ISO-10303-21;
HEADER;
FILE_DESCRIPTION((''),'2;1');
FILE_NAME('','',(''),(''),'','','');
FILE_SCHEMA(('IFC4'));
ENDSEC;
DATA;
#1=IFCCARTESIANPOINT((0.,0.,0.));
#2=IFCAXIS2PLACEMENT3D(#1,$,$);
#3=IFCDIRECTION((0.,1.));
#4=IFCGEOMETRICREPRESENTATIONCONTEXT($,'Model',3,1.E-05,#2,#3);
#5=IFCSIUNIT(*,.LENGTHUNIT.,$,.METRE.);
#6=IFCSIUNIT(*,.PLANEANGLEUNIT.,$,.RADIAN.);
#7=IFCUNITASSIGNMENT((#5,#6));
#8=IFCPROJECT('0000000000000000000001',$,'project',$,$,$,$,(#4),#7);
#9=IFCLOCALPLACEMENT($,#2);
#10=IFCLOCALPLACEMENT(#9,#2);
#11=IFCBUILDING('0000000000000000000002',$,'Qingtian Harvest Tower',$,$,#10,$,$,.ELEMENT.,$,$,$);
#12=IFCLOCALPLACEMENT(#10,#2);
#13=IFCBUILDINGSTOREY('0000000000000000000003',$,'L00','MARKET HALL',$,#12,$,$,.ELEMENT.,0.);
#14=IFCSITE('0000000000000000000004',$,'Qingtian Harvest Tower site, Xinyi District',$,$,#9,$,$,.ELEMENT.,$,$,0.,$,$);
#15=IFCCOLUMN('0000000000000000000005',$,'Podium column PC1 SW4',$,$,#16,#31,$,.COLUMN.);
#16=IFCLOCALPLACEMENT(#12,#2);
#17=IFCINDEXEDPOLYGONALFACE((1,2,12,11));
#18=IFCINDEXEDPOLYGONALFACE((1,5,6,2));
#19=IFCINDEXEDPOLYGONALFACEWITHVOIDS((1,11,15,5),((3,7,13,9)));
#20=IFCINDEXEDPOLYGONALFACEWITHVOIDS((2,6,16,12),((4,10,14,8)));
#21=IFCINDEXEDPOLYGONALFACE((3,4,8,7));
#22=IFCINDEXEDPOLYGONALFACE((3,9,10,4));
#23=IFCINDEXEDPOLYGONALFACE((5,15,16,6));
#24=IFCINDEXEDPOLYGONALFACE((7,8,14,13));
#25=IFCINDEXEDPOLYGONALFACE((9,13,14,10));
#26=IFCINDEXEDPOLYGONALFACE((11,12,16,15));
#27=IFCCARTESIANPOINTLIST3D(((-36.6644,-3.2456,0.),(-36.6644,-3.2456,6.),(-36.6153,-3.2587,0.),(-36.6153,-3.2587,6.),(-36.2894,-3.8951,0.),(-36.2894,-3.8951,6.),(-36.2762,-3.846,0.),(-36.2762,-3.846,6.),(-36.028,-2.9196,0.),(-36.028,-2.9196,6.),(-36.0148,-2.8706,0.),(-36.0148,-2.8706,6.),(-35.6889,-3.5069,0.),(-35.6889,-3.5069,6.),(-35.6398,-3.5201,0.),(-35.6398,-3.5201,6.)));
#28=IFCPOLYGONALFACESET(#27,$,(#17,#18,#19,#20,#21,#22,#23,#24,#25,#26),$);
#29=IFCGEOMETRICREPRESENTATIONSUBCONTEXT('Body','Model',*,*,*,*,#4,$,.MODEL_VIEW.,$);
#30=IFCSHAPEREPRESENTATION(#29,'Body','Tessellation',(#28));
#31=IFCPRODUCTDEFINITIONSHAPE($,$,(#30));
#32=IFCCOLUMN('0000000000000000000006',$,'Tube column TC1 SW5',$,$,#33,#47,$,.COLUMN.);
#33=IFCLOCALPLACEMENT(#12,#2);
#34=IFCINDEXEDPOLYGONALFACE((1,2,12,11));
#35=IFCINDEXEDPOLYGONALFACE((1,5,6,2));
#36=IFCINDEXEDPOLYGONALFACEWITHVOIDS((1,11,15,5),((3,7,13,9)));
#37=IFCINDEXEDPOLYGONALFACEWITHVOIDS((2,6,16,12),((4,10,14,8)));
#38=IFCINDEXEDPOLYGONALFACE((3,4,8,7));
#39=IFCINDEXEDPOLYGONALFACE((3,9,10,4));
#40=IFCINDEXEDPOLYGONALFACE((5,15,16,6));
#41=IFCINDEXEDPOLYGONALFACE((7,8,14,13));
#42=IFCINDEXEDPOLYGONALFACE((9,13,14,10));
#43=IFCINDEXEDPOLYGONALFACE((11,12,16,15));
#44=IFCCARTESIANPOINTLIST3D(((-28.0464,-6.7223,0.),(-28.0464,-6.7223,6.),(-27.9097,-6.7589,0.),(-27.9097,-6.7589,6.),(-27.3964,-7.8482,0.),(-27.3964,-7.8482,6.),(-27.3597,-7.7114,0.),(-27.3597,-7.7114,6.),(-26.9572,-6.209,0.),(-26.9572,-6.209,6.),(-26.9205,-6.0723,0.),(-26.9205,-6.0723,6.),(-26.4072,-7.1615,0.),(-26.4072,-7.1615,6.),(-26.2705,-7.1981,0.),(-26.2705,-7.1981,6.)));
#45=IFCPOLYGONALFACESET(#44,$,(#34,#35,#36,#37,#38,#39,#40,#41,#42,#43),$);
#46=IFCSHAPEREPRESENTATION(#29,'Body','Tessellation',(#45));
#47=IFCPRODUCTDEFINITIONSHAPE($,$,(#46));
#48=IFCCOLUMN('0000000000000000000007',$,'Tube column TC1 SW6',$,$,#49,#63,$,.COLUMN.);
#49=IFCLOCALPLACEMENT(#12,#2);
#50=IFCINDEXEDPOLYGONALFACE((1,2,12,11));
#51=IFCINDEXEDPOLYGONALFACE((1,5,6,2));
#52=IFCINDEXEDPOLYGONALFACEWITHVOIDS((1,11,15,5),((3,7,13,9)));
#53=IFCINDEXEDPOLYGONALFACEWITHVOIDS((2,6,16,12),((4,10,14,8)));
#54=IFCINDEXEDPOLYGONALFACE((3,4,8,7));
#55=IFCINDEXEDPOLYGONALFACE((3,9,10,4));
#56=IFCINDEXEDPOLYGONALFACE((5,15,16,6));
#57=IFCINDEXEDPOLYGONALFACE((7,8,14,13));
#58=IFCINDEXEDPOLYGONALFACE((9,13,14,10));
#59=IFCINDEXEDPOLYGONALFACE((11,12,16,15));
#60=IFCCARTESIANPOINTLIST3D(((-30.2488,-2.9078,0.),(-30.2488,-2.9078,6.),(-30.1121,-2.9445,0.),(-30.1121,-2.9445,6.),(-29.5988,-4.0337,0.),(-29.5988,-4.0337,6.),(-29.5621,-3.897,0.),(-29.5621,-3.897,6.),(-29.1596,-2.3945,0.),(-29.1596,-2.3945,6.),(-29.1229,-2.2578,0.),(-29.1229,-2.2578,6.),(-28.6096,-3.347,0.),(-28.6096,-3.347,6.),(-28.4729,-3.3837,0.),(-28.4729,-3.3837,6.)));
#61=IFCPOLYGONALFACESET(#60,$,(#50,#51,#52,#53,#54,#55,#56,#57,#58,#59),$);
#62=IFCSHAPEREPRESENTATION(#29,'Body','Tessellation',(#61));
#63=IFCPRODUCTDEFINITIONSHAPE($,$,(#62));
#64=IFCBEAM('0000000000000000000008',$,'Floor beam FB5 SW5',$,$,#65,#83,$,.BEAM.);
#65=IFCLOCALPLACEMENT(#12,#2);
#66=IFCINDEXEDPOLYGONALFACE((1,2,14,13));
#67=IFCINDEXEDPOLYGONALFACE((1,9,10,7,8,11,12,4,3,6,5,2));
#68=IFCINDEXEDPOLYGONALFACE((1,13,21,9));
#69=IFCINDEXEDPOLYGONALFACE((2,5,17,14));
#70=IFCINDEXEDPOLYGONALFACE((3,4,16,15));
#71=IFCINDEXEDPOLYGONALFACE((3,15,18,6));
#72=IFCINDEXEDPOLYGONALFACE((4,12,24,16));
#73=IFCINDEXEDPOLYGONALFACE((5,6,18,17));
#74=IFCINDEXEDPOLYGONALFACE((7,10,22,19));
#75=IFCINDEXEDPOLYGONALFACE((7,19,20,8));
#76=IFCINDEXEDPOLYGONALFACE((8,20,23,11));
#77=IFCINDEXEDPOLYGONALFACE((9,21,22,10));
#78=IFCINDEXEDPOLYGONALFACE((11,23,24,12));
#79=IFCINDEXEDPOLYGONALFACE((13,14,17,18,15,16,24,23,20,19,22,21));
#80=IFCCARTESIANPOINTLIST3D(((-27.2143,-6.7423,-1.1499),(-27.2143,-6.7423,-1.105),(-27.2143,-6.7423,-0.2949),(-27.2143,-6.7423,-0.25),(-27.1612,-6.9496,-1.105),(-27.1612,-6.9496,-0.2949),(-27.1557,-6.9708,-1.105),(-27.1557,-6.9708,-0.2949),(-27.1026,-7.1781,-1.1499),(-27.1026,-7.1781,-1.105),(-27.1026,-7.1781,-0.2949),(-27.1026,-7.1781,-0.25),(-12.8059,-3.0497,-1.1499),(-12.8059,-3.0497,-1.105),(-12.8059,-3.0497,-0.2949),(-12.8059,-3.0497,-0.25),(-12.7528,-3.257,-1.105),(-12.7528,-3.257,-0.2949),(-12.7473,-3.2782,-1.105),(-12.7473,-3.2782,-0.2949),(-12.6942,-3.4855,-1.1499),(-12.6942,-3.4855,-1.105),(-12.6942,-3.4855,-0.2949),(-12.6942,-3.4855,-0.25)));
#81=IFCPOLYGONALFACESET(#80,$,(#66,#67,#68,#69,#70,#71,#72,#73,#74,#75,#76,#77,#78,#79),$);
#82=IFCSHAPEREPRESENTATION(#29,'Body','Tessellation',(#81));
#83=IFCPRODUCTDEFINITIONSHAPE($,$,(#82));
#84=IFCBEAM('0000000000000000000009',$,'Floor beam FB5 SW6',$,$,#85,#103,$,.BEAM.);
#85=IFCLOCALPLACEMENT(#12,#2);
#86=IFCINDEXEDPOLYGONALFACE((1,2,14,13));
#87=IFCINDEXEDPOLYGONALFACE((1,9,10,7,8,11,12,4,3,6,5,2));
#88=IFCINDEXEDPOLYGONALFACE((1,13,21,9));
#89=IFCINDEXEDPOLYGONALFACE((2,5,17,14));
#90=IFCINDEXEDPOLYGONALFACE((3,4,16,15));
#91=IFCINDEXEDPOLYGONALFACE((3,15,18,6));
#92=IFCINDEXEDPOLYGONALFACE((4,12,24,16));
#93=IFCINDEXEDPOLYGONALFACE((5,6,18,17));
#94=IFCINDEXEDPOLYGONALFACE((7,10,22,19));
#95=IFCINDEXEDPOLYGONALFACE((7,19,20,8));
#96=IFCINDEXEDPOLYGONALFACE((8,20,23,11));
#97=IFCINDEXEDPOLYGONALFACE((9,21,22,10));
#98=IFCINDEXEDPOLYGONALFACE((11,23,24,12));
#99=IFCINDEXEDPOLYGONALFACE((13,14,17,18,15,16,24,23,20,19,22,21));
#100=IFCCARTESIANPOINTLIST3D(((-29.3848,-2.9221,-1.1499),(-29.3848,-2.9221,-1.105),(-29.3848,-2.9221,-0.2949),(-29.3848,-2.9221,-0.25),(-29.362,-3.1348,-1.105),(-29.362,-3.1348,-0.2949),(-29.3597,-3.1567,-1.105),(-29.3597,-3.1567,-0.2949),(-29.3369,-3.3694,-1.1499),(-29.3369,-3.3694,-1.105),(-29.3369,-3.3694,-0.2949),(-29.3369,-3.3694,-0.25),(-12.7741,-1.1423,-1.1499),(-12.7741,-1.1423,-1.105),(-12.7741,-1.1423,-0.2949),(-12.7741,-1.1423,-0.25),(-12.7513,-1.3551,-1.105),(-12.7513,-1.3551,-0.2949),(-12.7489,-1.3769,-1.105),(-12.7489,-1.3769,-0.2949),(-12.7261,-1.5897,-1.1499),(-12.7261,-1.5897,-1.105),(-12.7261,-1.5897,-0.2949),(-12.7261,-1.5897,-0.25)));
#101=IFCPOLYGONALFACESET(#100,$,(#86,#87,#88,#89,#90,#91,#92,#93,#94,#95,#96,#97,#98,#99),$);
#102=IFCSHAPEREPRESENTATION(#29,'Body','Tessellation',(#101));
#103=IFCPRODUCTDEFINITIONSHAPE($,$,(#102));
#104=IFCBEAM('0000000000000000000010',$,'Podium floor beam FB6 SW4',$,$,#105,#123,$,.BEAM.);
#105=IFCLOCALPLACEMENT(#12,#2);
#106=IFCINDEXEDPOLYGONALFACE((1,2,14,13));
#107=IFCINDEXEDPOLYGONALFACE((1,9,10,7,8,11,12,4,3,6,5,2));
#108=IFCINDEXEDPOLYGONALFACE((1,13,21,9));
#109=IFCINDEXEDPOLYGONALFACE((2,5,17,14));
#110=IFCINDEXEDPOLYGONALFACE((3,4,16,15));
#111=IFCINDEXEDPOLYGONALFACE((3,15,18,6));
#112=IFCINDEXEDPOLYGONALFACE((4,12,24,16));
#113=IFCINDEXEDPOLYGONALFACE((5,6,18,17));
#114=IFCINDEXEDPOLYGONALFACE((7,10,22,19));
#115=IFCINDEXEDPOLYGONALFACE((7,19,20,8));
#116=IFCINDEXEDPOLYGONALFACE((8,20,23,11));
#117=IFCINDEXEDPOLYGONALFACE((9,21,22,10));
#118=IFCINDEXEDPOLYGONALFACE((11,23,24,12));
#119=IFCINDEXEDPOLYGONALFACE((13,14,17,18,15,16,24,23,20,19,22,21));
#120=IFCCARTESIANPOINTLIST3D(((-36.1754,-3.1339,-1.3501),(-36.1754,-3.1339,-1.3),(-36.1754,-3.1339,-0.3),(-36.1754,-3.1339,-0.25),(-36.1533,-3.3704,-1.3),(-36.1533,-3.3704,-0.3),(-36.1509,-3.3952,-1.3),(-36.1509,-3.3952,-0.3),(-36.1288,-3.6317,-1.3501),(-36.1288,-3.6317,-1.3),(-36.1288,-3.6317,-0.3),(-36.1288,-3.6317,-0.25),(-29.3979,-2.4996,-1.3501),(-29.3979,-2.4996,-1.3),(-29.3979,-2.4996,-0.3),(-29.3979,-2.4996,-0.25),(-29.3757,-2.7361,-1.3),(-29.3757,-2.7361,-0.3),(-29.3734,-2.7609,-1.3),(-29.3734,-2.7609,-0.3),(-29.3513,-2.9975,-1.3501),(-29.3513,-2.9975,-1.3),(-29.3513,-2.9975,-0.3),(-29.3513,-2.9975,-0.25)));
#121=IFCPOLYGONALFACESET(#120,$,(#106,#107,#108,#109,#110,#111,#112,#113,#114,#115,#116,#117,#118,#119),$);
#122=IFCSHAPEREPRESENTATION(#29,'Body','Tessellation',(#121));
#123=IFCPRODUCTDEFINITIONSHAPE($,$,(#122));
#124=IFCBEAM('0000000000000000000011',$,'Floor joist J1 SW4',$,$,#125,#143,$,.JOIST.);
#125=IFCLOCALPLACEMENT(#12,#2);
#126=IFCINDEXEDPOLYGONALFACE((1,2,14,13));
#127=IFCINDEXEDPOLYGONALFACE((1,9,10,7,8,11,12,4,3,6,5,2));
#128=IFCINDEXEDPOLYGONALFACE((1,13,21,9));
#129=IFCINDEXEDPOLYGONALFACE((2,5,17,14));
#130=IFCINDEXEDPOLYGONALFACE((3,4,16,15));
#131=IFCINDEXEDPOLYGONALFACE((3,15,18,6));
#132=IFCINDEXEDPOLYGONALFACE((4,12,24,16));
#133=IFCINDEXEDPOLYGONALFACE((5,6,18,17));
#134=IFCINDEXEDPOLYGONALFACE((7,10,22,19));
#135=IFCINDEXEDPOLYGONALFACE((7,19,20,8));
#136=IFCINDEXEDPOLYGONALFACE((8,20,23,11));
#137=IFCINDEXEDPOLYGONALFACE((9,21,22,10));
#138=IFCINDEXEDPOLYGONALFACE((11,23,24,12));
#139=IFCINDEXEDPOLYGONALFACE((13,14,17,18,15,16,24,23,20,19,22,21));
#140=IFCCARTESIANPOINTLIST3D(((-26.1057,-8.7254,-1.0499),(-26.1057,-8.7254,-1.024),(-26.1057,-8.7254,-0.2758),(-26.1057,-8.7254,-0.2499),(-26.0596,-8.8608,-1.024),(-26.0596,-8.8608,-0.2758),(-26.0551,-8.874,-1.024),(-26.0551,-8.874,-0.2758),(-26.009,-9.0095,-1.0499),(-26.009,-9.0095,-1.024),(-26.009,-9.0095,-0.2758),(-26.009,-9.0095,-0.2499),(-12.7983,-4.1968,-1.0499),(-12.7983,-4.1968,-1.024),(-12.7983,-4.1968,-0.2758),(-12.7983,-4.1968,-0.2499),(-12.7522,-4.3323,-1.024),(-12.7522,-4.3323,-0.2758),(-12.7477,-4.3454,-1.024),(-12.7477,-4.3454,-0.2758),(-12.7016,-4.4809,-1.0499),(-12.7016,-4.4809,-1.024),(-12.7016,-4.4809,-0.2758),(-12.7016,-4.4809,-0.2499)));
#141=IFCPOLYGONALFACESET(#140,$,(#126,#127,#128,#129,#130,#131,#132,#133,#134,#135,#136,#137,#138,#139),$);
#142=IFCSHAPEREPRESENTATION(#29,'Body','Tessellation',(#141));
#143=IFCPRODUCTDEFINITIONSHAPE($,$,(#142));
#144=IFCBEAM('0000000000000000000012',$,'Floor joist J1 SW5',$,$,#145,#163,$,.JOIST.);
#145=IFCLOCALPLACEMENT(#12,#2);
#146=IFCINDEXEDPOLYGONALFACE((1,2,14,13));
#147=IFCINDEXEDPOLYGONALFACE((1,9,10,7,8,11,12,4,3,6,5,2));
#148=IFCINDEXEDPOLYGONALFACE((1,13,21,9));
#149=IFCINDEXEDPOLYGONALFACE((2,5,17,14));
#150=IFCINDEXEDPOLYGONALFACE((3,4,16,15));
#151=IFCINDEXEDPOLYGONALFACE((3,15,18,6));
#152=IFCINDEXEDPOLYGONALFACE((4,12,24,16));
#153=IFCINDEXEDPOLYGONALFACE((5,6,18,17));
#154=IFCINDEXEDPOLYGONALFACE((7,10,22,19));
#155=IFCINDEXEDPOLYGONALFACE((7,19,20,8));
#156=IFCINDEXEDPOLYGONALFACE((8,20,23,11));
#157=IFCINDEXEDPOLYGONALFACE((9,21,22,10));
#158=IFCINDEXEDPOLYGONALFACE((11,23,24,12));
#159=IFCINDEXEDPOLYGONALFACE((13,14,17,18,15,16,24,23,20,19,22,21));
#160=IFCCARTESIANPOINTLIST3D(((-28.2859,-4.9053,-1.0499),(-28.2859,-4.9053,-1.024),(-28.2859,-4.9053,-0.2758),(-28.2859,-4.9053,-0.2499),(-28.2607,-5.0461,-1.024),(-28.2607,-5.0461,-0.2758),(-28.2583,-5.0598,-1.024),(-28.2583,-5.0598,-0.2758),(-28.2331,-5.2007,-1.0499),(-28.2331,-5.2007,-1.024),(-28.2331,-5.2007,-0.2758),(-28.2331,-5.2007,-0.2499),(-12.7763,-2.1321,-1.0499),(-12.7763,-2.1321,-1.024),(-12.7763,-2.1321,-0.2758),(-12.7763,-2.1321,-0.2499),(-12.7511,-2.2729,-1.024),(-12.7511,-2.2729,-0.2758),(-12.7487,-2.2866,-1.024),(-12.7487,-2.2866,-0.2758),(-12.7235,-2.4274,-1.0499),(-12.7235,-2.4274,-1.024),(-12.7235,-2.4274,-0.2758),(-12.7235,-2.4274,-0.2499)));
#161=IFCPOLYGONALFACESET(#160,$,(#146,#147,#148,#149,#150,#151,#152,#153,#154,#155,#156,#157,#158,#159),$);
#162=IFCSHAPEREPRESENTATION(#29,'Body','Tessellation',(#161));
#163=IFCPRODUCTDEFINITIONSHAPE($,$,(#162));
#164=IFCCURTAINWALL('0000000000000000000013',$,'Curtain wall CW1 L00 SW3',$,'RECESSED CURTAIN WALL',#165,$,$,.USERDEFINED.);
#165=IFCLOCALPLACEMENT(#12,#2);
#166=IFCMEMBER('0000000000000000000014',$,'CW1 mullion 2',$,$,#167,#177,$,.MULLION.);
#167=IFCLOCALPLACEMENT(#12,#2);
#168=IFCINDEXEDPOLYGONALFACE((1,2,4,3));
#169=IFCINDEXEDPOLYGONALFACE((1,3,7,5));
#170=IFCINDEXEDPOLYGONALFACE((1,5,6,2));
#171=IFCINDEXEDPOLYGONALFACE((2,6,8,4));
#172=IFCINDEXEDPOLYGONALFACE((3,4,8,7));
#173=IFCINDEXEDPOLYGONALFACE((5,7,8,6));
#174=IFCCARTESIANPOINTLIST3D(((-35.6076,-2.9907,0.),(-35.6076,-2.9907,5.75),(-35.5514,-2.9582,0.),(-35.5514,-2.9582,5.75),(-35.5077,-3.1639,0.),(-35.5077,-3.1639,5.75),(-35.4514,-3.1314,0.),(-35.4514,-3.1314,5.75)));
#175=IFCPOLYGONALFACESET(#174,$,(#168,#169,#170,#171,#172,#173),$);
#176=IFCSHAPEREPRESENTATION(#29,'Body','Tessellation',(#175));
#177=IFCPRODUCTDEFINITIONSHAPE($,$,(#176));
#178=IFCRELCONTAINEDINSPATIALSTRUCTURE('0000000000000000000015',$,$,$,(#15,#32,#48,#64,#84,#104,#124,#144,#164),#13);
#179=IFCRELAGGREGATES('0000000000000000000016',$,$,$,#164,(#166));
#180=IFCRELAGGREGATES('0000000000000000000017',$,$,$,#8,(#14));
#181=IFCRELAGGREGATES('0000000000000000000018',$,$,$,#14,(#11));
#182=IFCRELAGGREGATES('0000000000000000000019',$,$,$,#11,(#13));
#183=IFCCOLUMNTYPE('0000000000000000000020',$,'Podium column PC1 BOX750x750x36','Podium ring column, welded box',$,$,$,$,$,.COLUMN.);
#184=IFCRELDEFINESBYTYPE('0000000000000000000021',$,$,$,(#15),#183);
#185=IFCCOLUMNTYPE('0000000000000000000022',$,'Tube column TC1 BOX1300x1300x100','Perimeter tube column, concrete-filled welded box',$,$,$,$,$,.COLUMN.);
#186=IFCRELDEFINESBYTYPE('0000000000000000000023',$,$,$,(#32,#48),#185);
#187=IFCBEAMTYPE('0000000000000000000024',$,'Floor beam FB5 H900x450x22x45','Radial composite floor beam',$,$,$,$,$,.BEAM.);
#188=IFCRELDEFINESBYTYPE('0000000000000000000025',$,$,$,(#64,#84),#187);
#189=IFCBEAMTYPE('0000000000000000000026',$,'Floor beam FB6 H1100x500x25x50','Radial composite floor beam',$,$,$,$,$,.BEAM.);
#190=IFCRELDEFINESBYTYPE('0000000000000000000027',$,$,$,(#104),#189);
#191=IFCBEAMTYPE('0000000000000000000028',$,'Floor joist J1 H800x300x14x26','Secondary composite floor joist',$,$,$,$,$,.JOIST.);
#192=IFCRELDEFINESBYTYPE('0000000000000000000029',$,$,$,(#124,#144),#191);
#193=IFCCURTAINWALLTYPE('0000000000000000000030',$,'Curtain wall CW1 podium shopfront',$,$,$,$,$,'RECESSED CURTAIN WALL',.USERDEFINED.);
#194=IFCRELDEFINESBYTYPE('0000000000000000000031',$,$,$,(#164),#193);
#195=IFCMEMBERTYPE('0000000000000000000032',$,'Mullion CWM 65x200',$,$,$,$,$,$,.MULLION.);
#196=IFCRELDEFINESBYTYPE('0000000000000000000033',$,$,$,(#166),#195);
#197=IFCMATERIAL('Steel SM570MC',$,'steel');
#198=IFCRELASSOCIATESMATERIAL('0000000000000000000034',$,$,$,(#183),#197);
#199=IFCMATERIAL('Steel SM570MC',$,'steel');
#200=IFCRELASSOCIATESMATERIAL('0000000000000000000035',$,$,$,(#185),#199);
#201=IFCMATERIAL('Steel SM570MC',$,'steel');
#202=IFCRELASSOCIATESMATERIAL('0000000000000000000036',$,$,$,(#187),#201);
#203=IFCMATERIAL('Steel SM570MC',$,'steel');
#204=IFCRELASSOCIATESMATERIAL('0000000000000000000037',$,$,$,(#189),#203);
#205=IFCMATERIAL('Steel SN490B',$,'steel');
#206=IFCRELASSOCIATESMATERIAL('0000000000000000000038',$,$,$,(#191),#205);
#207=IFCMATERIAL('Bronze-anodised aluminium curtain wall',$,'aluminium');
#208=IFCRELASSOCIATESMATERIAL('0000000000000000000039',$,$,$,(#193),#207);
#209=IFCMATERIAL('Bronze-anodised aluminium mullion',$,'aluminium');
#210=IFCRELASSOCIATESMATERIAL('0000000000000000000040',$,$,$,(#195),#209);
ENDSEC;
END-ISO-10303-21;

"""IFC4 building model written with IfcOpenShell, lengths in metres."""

from ifc_helpers import new_model, si_unit, direction, frame, origin, origin_2d, place, context, subcontext, project, spatial, rectangle, hollow_rectangle, i_section, extrude, material, material_profile, profile_set, type_object, element, aggregate, save


model = new_model("IFC4")

# Units and contexts
model_context = context("Model", 3, precision=1e-05, world=origin(), true_north=direction((0.0, 1.0)))
body_context = subcontext(model_context, "Body", "Model", "MODEL_VIEW")
ifc_project = project(units=[si_unit("LENGTHUNIT", "METRE"), si_unit("PLANEANGLEUNIT", "RADIAN")], contexts=[model_context])

# Site, building, storey
site_placement = place(None, origin())
site = spatial("IfcSite", under=ifc_project, at=site_placement, Name="Qingtian Harvest Tower site, Xinyi District", CompositionType="ELEMENT", RefElevation=0.0)
building_placement = place(site_placement, origin())
building = spatial("IfcBuilding", under=site, at=building_placement, Name="Qingtian Harvest Tower", CompositionType="ELEMENT")
storey_placement = place(building_placement, origin())
storey = spatial("IfcBuildingStorey", under=building, at=storey_placement, Name="L00", Description="MARKET HALL", CompositionType="ELEMENT", Elevation=0.0)

# Columns
ifc_material_1 = material(Name="Steel SM570MC", Category="steel")
ifc_material_profile_1 = material_profile(ifc_material_1, hollow_rectangle(XDim=0.75, YDim=0.75, WallThickness=0.0359, at=origin_2d()), Name="BOX750x750x36")
ifc_profile_set_1 = profile_set([ifc_material_profile_1], Name="Steel SM570MC")
column_type_1 = type_object("IfcColumnType", Name="Podium column PC1 BOX750x750x36", Description="Podium ring column, welded box", PredefinedType="COLUMN", material=ifc_profile_set_1)
column_placement = place(storey_placement, frame((-36.1521, -3.3828, 0.0), z_axis=(0.0, 0.0, 1.0), x_axis=(0.5, -0.866025, 0.0)))
element("IfcColumn", 1, at=column_placement, inside=storey, type_object=column_type_1, Name="Podium column PC1 SW4", PredefinedType="COLUMN", context=body_context, shape_type="SweptSolid", body=[
    extrude(hollow_rectangle(XDim=0.75, YDim=0.75, WallThickness=0.0359, at=origin_2d()), origin(), (0.0, 0.0, 1.0), 6.0),
])
ifc_material_2 = material(Name="Steel SM570MC", Category="steel")
ifc_material_profile_2 = material_profile(ifc_material_2, hollow_rectangle(XDim=1.3, YDim=1.3, WallThickness=0.1001, at=origin_2d()), Name="BOX1300x1300x100")
ifc_profile_set_2 = profile_set([ifc_material_profile_2], Name="Steel SM570MC")
column_type_2 = type_object("IfcColumnType", Name="Tube column TC1 BOX1300x1300x100", Description="Perimeter tube column, concrete-filled welded box", PredefinedType="COLUMN", material=ifc_profile_set_2)
for number, where, z_axis, x_axis, name in (
    (2, (-27.1584, -6.9602, 0.0), (0.0, 0.0, 1.0), (0.5, -0.866025, 0.0), "Tube column TC1 SW5"),
    (3, (-29.3608, -3.1458, 0.0), (0.0, 0.0, 1.0), (0.5, -0.866025, 0.0), "Tube column TC1 SW6"),
):
    element("IfcColumn", number, at=place(storey_placement, frame(where, z_axis=z_axis, x_axis=x_axis)), inside=storey, type_object=column_type_2, Name=name, PredefinedType="COLUMN", context=body_context, shape_type="SweptSolid", body=[
        extrude(hollow_rectangle(XDim=1.3, YDim=1.3, WallThickness=0.1001, at=origin_2d()), origin(), (0.0, 0.0, 1.0), 6.0),
    ])

# Beams
ifc_material_3 = material(Name="Steel SM570MC", Category="steel")
ifc_material_profile_3 = material_profile(ifc_material_3, i_section(OverallWidth=0.45, OverallDepth=0.8999, WebThickness=0.022, FlangeThickness=0.0449, at=origin_2d()), Name="H900x450x22x45")
ifc_profile_set_3 = profile_set([ifc_material_profile_3], Name="Steel SM570MC")
beam_type_1 = type_object("IfcBeamType", Name="Floor beam FB5 H900x450x22x45", Description="Radial composite floor beam", PredefinedType="BEAM", material=ifc_profile_set_3)
beam_1_placement = place(storey_placement, frame((-27.1584, -6.9602, -0.7), z_axis=(0.968694, 0.248259, 0.0), x_axis=(-0.248259, 0.968694, 0.0)))
element("IfcBeam", 4, at=beam_1_placement, inside=storey, type_object=beam_type_1, Name="Floor beam FB5 SW5", PredefinedType="BEAM", context=body_context, shape_type="SweptSolid", body=[
    extrude(i_section(OverallWidth=0.45, OverallDepth=0.8999, WebThickness=0.022, FlangeThickness=0.0449, at=origin_2d()), origin(), (0.0, 0.0, 1.0), 14.874),
])
beam_2_placement = place(storey_placement, frame((-29.3608, -3.1458, -0.7), z_axis=(0.994309, 0.106536, 0.0), x_axis=(-0.106536, 0.994309, 0.0)))
element("IfcBeam", 5, at=beam_2_placement, inside=storey, type_object=beam_type_1, Name="Floor beam FB5 SW6", PredefinedType="BEAM", context=body_context, shape_type="SweptSolid", body=[
    extrude(i_section(OverallWidth=0.45, OverallDepth=0.8999, WebThickness=0.022, FlangeThickness=0.0449, at=origin_2d()), origin(), (0.0, 0.0, 1.0), 16.7058),
])
ifc_material_4 = material(Name="Steel SM570MC", Category="steel")
ifc_material_profile_4 = material_profile(ifc_material_4, i_section(OverallWidth=0.5, OverallDepth=1.1001, WebThickness=0.0249, FlangeThickness=0.05, at=origin_2d()), Name="H1100x500x25x50")
ifc_profile_set_4 = profile_set([ifc_material_profile_4], Name="Steel SM570MC")
beam_type_2 = type_object("IfcBeamType", Name="Floor beam FB6 H1100x500x25x50", Description="Radial composite floor beam", PredefinedType="BEAM", material=ifc_profile_set_4)
beam_3_placement = place(storey_placement, frame((-36.1521, -3.3828, -0.8), z_axis=(0.99565, 0.093177, 0.0), x_axis=(-0.093177, 0.99565, 0.0)))
element("IfcBeam", 6, at=beam_3_placement, inside=storey, type_object=beam_type_2, Name="Podium floor beam FB6 SW4", PredefinedType="BEAM", context=body_context, shape_type="SweptSolid", body=[
    extrude(i_section(OverallWidth=0.5, OverallDepth=1.1001, WebThickness=0.0249, FlangeThickness=0.05, at=origin_2d()), origin(), (0.0, 0.0, 1.0), 6.8071),
])
ifc_material_5 = material(Name="Steel SN490B", Category="steel")
ifc_material_profile_5 = material_profile(ifc_material_5, i_section(OverallWidth=0.3, OverallDepth=0.8, WebThickness=0.0139, FlangeThickness=0.0259, at=origin_2d()), Name="H800x300x14x26")
ifc_profile_set_5 = profile_set([ifc_material_profile_5], Name="Steel SN490B")
beam_type_3 = type_object("IfcBeamType", Name="Floor joist J1 H800x300x14x26", Description="Secondary composite floor joist", PredefinedType="JOIST", material=ifc_profile_set_5)
beam_4_placement = place(storey_placement, frame((-26.0574, -8.8674, -0.6499), z_axis=(0.946685, 0.322161, 0.0), x_axis=(-0.322161, 0.946685, 0.0)))
element("IfcBeam", 7, at=beam_4_placement, inside=storey, type_object=beam_type_3, Name="Floor joist J1 SW4", PredefinedType="JOIST", context=body_context, shape_type="SweptSolid", body=[
    extrude(i_section(OverallWidth=0.3, OverallDepth=0.8, WebThickness=0.0139, FlangeThickness=0.0259, at=origin_2d()), origin(), (0.0, 0.0, 1.0), 14.0569),
])
beam_5_placement = place(storey_placement, frame((-28.2595, -5.053, -0.6499), z_axis=(0.984388, 0.176014, 0.0), x_axis=(-0.176014, 0.984388, 0.0)))
element("IfcBeam", 8, at=beam_5_placement, inside=storey, type_object=beam_type_3, Name="Floor joist J1 SW5", PredefinedType="JOIST", context=body_context, shape_type="SweptSolid", body=[
    extrude(i_section(OverallWidth=0.3, OverallDepth=0.8, WebThickness=0.0139, FlangeThickness=0.0259, at=origin_2d()), origin(), (0.0, 0.0, 1.0), 15.7556),
])

# Curtain wall, member
ifc_material_6 = material(Name="Bronze-anodised aluminium curtain wall", Category="aluminium")
curtain_wall_type = type_object("IfcCurtainWallType", Name="Curtain wall CW1 podium shopfront", ElementType="RECESSED CURTAIN WALL", PredefinedType="USERDEFINED", material=ifc_material_6)
curtain_wall_1_placement = place(storey_placement, origin())
curtain_wall_1 = element("IfcCurtainWall", 9, at=curtain_wall_1_placement, inside=storey, type_object=curtain_wall_type, Name="Curtain wall CW1 L00 SW3", ObjectType="RECESSED CURTAIN WALL", PredefinedType="USERDEFINED")
ifc_material_7 = material(Name="Bronze-anodised aluminium mullion", Category="aluminium")
ifc_material_profile_6 = material_profile(ifc_material_7, rectangle(XDim=0.0649, YDim=0.2, at=origin_2d()), Name="AL 65x200")
ifc_profile_set_6 = profile_set([ifc_material_profile_6], Name="Bronze-anodised aluminium mullion")
member_type_1 = type_object("IfcMemberType", Name="Mullion CWM 65x200", PredefinedType="MULLION", material=ifc_profile_set_6)
member_1_placement = place(storey_placement, frame((-35.5295, -3.061, 0.0), z_axis=(0.0, 0.0, 1.0), x_axis=(-0.866025, -0.5, 0.0)))
member_1 = element("IfcMember", 10, at=member_1_placement, type_object=member_type_1, Name="CW1 mullion 2", PredefinedType="MULLION", context=body_context, shape_type="SweptSolid", body=[
    extrude(rectangle(XDim=0.0649, YDim=0.2, at=origin_2d()), origin(), (0.0, 0.0, 1.0), 5.75),
])

aggregate(curtain_wall_1, [member_1])

save(model, "model.ifc")
